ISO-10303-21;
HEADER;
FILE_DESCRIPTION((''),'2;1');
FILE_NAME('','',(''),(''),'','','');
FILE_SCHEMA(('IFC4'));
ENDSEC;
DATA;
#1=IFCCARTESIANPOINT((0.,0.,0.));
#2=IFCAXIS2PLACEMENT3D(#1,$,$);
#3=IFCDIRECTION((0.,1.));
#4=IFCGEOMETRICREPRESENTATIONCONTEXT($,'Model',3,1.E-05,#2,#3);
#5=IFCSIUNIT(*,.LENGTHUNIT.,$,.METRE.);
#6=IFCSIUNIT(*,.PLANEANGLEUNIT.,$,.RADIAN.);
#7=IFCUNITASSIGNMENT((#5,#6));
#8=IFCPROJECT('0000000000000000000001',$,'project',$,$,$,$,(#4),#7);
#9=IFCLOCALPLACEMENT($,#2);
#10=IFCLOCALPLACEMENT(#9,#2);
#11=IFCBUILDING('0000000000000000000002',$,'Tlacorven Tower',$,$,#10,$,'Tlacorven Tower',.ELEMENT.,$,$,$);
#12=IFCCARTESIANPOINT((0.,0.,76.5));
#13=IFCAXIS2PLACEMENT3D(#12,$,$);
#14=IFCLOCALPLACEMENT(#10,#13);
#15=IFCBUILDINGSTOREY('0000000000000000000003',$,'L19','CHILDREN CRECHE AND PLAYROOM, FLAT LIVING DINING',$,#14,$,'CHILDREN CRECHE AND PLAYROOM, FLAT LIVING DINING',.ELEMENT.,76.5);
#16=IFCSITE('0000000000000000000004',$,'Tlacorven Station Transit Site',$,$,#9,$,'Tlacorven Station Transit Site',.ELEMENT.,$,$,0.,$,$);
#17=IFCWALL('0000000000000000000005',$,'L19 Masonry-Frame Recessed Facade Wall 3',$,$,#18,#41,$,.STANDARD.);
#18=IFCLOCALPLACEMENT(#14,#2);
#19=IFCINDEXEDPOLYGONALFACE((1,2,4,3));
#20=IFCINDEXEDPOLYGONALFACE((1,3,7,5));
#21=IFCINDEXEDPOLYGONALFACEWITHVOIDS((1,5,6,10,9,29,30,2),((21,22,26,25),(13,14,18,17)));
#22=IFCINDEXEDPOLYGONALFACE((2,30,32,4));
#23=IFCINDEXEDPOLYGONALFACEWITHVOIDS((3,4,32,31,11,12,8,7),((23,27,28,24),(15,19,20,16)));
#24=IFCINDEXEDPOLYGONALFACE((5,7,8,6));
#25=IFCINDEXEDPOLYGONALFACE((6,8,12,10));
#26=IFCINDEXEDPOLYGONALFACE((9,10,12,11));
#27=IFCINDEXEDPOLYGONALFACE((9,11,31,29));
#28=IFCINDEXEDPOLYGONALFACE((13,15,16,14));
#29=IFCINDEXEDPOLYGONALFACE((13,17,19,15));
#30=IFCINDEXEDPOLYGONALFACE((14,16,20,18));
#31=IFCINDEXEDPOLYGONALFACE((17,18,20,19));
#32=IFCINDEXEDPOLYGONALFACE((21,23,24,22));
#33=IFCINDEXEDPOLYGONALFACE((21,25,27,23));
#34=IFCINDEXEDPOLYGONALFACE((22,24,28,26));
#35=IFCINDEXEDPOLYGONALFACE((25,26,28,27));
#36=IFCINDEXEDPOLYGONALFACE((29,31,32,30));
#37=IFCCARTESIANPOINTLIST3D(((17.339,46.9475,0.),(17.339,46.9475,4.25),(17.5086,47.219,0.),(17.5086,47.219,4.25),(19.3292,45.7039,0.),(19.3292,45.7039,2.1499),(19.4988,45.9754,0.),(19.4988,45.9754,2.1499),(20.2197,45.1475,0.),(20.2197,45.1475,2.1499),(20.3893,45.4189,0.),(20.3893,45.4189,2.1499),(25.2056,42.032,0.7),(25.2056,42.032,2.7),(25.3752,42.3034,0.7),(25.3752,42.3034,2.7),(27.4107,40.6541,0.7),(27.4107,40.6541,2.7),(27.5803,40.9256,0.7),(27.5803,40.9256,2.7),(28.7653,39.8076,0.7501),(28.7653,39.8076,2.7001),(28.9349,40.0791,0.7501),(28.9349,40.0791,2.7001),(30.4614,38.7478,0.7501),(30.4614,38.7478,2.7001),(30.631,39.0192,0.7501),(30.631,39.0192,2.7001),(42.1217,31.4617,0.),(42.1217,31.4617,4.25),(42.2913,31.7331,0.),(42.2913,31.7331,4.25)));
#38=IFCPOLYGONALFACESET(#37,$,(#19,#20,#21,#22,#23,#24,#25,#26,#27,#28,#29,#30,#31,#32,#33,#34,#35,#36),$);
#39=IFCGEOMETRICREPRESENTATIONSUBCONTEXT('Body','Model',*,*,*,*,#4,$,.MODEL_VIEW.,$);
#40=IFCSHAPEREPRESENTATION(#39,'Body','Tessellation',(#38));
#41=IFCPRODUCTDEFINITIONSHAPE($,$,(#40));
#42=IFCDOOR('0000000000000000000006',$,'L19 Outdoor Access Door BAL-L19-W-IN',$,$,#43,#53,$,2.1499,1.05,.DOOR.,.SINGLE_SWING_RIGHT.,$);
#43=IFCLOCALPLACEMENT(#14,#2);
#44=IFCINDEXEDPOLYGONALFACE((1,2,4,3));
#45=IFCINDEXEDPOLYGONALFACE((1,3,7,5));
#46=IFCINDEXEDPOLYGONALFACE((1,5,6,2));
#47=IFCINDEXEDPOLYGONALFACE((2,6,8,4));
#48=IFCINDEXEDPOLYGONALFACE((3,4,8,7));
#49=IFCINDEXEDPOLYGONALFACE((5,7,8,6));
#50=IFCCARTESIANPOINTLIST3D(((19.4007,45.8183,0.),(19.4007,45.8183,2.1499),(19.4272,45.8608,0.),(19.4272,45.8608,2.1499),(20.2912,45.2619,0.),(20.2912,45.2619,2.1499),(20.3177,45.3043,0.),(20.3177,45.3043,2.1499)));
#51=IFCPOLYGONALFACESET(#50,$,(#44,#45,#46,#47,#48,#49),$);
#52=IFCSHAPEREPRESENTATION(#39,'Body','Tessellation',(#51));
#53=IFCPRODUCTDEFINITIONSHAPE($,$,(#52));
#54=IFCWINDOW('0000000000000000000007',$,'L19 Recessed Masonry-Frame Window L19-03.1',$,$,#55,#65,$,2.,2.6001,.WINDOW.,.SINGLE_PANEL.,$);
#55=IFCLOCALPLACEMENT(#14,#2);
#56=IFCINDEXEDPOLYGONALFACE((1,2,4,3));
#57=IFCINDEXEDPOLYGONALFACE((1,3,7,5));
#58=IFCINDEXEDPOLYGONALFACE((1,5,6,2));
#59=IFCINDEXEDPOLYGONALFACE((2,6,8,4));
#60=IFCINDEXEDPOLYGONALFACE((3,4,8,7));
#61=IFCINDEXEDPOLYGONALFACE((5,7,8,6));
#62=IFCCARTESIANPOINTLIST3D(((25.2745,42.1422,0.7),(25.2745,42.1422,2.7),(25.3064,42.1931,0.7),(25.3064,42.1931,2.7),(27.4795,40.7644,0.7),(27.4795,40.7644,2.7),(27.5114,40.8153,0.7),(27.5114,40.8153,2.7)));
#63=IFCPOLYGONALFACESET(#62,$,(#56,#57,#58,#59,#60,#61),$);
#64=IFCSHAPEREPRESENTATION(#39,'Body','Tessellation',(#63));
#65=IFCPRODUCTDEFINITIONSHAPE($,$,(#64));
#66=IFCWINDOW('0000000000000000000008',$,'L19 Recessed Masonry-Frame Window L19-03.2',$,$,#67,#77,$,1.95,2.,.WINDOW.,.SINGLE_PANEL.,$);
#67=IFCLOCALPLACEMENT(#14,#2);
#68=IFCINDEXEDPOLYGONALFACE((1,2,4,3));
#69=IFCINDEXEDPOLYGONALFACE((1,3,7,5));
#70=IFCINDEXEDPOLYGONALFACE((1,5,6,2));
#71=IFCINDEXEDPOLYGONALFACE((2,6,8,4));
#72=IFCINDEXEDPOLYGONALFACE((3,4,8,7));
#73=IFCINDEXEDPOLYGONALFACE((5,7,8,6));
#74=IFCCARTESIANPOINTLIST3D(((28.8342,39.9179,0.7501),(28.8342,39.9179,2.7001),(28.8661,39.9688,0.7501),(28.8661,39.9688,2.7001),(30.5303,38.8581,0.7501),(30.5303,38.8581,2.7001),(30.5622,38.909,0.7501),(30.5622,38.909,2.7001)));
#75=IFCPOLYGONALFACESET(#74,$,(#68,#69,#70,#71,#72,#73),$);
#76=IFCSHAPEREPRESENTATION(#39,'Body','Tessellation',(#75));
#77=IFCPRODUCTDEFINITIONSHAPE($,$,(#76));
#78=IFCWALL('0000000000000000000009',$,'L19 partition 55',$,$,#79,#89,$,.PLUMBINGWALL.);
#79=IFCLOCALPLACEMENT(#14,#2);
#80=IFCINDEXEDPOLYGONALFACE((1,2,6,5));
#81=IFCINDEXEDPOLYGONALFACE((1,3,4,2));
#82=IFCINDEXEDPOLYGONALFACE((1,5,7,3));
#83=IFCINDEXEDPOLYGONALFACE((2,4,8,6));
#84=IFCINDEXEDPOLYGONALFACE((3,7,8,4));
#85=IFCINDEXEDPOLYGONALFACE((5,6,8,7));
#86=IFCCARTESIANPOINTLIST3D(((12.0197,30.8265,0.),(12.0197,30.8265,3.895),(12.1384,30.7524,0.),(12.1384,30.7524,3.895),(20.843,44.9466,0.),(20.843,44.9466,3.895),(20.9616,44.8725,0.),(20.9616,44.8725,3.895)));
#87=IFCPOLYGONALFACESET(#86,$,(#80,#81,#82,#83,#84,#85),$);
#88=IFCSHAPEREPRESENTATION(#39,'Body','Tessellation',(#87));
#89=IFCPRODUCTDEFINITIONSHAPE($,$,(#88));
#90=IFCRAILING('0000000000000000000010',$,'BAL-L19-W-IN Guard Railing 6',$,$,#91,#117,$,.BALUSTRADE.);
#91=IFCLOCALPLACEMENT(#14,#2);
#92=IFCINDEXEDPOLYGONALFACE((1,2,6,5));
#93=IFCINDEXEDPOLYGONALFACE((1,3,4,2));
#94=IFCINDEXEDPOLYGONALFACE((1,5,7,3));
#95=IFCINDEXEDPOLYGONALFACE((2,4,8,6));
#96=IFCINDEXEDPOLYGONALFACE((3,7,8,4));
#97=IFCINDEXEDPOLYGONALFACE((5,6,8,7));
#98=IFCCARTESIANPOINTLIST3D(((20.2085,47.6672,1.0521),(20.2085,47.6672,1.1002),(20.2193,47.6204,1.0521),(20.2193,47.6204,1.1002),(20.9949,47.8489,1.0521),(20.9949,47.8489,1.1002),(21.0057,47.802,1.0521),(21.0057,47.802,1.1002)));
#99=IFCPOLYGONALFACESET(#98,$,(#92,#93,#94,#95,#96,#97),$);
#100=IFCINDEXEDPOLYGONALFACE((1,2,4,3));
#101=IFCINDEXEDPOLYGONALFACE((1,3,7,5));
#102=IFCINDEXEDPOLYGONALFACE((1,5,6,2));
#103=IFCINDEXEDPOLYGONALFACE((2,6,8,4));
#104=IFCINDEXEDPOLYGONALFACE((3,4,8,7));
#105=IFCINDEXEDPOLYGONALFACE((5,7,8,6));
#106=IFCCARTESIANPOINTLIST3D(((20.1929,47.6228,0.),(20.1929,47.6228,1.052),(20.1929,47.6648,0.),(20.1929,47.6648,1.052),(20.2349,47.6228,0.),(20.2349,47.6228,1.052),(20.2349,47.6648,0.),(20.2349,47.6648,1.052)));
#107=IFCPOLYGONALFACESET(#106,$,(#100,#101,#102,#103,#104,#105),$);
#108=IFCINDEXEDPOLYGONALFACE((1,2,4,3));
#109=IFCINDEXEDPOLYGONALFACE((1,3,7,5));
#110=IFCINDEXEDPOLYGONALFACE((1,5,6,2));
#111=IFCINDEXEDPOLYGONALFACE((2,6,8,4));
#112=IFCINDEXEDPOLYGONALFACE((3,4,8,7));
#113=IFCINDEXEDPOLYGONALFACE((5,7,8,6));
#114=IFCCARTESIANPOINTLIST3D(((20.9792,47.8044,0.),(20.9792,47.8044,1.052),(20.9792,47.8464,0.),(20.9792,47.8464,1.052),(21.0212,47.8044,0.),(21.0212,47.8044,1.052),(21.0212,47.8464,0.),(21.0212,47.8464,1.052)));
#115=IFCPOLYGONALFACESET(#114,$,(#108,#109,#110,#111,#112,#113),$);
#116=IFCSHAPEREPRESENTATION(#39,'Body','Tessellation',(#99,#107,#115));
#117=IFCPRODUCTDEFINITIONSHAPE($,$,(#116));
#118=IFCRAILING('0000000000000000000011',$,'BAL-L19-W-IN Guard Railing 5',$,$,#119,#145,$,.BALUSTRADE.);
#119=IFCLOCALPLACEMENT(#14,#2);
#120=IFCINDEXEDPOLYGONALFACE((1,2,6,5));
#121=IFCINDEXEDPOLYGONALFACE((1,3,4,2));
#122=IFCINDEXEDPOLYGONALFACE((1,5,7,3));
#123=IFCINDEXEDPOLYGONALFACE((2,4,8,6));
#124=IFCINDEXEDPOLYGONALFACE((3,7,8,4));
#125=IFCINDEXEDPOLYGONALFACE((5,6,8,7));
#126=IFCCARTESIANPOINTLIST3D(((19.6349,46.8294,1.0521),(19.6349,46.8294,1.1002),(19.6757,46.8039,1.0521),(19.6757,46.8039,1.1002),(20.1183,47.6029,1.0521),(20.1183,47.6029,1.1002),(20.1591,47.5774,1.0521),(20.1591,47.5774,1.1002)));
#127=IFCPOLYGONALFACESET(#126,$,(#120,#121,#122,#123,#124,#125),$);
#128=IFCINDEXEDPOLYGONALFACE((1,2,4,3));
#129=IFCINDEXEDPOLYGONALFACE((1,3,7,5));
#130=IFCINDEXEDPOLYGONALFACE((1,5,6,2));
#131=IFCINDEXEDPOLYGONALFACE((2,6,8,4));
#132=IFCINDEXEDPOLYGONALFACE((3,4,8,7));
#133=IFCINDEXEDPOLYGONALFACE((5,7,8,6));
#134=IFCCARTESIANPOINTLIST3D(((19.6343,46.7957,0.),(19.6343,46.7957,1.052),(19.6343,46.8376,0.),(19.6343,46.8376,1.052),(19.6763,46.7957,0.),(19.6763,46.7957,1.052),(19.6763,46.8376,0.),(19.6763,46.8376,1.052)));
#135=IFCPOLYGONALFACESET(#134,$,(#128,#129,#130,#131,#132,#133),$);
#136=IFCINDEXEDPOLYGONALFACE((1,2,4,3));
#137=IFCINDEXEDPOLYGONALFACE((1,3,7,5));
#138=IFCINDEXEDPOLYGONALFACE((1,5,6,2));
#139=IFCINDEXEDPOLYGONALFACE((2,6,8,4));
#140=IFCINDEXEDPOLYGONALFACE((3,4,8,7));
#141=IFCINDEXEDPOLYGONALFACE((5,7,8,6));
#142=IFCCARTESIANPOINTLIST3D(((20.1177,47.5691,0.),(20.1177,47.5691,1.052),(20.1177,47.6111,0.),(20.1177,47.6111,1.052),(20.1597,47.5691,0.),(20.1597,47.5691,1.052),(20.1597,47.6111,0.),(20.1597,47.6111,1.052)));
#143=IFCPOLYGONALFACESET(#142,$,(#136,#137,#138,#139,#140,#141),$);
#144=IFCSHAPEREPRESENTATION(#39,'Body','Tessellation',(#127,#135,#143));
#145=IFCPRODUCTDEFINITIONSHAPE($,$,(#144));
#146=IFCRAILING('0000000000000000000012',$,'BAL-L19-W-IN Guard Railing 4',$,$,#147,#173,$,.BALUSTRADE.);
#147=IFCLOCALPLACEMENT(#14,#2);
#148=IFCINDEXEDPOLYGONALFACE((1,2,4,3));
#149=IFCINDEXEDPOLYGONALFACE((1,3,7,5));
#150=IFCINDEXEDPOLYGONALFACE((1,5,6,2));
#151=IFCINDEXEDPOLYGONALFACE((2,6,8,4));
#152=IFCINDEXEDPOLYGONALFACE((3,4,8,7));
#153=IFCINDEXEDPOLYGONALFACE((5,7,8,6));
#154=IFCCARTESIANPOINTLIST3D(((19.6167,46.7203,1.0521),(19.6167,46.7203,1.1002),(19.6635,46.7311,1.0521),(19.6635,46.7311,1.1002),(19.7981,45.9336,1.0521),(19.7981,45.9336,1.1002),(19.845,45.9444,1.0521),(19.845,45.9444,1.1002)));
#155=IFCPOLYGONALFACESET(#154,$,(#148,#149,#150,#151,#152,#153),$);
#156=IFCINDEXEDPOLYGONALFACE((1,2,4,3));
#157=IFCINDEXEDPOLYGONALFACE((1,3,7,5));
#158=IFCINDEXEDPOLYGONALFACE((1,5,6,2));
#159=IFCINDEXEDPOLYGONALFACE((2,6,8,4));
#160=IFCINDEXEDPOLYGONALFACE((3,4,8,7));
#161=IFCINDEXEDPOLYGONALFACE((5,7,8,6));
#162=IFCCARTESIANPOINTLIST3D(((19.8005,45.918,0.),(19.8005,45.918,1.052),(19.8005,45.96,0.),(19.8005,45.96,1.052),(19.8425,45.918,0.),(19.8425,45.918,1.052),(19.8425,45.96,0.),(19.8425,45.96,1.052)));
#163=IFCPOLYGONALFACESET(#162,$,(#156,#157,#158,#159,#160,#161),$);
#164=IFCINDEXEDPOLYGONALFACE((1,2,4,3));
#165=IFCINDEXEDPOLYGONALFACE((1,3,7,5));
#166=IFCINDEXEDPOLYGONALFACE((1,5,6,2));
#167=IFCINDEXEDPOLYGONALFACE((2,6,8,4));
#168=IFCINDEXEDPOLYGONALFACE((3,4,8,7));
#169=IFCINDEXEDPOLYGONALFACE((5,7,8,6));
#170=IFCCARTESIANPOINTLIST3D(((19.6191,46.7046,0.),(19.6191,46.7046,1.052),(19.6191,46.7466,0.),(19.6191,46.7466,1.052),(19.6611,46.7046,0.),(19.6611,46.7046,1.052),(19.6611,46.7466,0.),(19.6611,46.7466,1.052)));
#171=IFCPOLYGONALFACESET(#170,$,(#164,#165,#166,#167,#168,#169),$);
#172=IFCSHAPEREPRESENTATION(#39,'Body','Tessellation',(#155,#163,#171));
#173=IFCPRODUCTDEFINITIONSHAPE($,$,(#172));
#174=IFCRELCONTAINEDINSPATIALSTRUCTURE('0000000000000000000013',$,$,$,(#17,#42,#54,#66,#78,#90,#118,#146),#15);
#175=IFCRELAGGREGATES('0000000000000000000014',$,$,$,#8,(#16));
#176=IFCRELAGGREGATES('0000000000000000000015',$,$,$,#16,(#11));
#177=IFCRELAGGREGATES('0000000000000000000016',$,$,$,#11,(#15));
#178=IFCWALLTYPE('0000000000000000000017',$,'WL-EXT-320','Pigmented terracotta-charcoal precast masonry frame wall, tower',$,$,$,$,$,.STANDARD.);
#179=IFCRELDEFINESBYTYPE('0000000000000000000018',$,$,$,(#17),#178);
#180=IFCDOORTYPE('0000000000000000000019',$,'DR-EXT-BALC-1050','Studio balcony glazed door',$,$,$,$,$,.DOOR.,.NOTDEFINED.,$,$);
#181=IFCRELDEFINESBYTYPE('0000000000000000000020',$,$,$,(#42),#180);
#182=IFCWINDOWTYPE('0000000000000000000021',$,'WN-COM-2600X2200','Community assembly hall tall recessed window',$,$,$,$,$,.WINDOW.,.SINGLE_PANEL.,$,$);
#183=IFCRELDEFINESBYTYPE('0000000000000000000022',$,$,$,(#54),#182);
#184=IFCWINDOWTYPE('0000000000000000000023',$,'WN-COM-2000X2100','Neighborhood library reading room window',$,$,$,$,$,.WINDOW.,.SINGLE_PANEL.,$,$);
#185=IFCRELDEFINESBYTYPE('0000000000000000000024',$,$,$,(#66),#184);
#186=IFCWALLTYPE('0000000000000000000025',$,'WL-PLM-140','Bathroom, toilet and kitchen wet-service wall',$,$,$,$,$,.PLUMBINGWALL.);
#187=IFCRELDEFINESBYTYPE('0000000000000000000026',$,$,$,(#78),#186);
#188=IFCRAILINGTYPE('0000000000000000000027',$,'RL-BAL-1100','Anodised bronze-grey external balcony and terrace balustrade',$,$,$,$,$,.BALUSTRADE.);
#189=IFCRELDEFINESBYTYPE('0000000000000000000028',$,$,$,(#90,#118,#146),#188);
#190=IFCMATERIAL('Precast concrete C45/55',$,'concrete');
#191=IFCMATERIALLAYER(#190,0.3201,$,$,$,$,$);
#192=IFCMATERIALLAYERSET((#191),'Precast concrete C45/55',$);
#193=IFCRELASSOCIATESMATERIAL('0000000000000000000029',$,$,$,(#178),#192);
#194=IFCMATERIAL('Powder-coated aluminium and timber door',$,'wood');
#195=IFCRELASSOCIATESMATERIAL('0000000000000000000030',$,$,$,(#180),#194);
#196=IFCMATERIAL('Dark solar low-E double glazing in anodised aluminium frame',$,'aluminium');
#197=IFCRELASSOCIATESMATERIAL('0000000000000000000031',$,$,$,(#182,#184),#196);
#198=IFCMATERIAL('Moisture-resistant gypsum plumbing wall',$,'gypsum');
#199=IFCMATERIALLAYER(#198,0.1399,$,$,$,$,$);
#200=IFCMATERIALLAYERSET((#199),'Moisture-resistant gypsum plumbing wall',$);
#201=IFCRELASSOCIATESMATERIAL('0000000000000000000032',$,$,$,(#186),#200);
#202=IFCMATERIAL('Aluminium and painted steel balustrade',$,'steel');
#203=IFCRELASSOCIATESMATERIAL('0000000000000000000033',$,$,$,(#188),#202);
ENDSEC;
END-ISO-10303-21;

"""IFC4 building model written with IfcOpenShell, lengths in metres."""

from ifc_helpers import new_model, si_unit, direction, frame, frame_2d, origin, origin_2d, place, context, subcontext, project, spatial, rectangle, extrude, source, transform, mapped, material, layer, layer_set, type_object, element, fill, save


model = new_model("IFC4")

# Units and contexts
model_context = context("Model", 3, precision=1e-05, world=origin(), true_north=direction((0.0, 1.0)))
body_context = subcontext(model_context, "Body", "Model", "MODEL_VIEW")
ifc_project = project(units=[si_unit("LENGTHUNIT", "METRE"), si_unit("PLANEANGLEUNIT", "RADIAN")], contexts=[model_context])

# Site, building, storey
site_placement = place(None, origin())
site = spatial("IfcSite", under=ifc_project, at=site_placement, Name="Tlacorven Station Transit Site", LongName="Tlacorven Station Transit Site", CompositionType="ELEMENT", RefElevation=0.0)
building_placement = place(site_placement, origin())
building = spatial("IfcBuilding", under=site, at=building_placement, Name="Tlacorven Tower", LongName="Tlacorven Tower", CompositionType="ELEMENT")
storey_placement = place(building_placement, frame((0.0, 0.0, 76.5)))
storey = spatial("IfcBuildingStorey", under=building, at=storey_placement, Name="L19", Description="CHILDREN CRECHE AND PLAYROOM, FLAT LIVING DINING", LongName="CHILDREN CRECHE AND PLAYROOM, FLAT LIVING DINING", CompositionType="ELEMENT", Elevation=76.5)

# Wall, openings, door, windows
ifc_material_1 = material(Name="Precast concrete C45/55", Category="concrete")
ifc_layer_1 = layer(ifc_material_1, 0.3201)
ifc_layer_set_1 = layer_set([ifc_layer_1], Name="Precast concrete C45/55")
wall_type_1 = type_object("IfcWallType", Name="WL-EXT-320", Description="Pigmented terracotta-charcoal precast masonry frame wall, tower", PredefinedType="STANDARD", material=ifc_layer_set_1)
wall_1_placement = place(storey_placement, frame((17.4238, 47.0833, 0.0), z_axis=(0.0, 0.0, 1.0), x_axis=(0.84805, -0.529916, 0.0)))
wall_1 = element("IfcWall", 1, at=wall_1_placement, inside=storey, type_object=wall_type_1, Name="L19 Masonry-Frame Recessed Facade Wall 3", PredefinedType="STANDARD", context=body_context, shape_type="SweptSolid", body=[
    extrude(rectangle(XDim=29.2231, YDim=0.3201, at=frame_2d((14.6116, 0.0))), origin(), (0.0, 0.0, 1.0), 4.25),
])
opening_1_placement = place(wall_1_placement, frame((2.3469, 0.0, 0.0)))
opening_1 = element("IfcOpeningElement", 2, at=opening_1_placement, cuts=wall_1, PredefinedType="OPENING", context=body_context, shape_type="SweptSolid", body=[
    extrude(rectangle(XDim=1.05, YDim=2.1499, at=frame_2d((0.5249, 1.075))), frame((0.0, 0.1699, 0.0), z_axis=(0.0, -1.0, 0.0), x_axis=(1.0, 0.0, 0.0)), (0.0, 0.0, 1.0), 0.3401),
])
opening_2_placement = place(wall_1_placement, frame((9.2761, 0.0, 0.7)))
opening_2 = element("IfcOpeningElement", 3, at=opening_2_placement, cuts=wall_1, PredefinedType="OPENING", context=body_context, shape_type="SweptSolid", body=[
    extrude(rectangle(XDim=2.6001, YDim=2.0, at=frame_2d((1.3, 1.0))), frame((0.0, 0.1699, 0.0), z_axis=(0.0, -1.0, 0.0), x_axis=(1.0, 0.0, 0.0)), (0.0, 0.0, 1.0), 0.3401),
])
opening_3_placement = place(wall_1_placement, frame((13.4736, 0.0, 0.75)))
opening_3 = element("IfcOpeningElement", 4, at=opening_3_placement, cuts=wall_1, PredefinedType="OPENING", context=body_context, shape_type="SweptSolid", body=[
    extrude(rectangle(XDim=2.0, YDim=1.95, at=frame_2d((1.0, 0.9751))), frame((0.0, 0.1699, 0.0), z_axis=(0.0, -1.0, 0.0), x_axis=(1.0, 0.0, 0.0)), (0.0, 0.0, 1.0), 0.3401),
])
ifc_material_2 = material(Name="Powder-coated aluminium and timber door", Category="wood")
door_type = type_object("IfcDoorType", Name="DR-EXT-BALC-1050", Description="Studio balcony glazed door", OperationType="NOTDEFINED", PredefinedType="DOOR", material=ifc_material_2)
shared_shape_1 = source(origin(), body_context, "Body", "SweptSolid", [
    extrude(rectangle(XDim=1.05, YDim=2.1499, at=frame_2d((0.5249, 1.075))), frame((0.0, 0.0249, 0.0), z_axis=(0.0, -1.0, 0.0), x_axis=(1.0, 0.0, 0.0)), (0.0, 0.0, 1.0), 0.05),
])
door_placement = place(opening_1_placement, origin())
door = element("IfcDoor", 5, at=door_placement, inside=storey, type_object=door_type, Name="L19 Outdoor Access Door BAL-L19-W-IN", OperationType="SINGLE_SWING_RIGHT", OverallHeight=2.1499, OverallWidth=1.05, PredefinedType="DOOR", context=body_context, shape_type="MappedRepresentation", body=[
    mapped(shared_shape_1, transform((0.0, 0.0, 0.0), scale=1.0)),
])
fill(opening_1, door)
ifc_material_3 = material(Name="Dark solar low-E double glazing in anodised aluminium frame", Category="aluminium")
window_type_1 = type_object("IfcWindowType", Name="WN-COM-2600X2200", Description="Community assembly hall tall recessed window", PartitioningType="SINGLE_PANEL", PredefinedType="WINDOW", material=ifc_material_3)
shared_shape_2 = source(origin(), body_context, "Body", "SweptSolid", [
    extrude(rectangle(XDim=2.6001, YDim=2.0, at=frame_2d((1.3, 1.0))), frame((0.0, 0.03, 0.0), z_axis=(0.0, -1.0, 0.0), x_axis=(1.0, 0.0, 0.0)), (0.0, 0.0, 1.0), 0.0601),
])
window_1_placement = place(opening_2_placement, origin())
window_1 = element("IfcWindow", 6, at=window_1_placement, inside=storey, type_object=window_type_1, Name="L19 Recessed Masonry-Frame Window L19-03.1", OverallHeight=2.0, OverallWidth=2.6001, PartitioningType="SINGLE_PANEL", PredefinedType="WINDOW", context=body_context, shape_type="MappedRepresentation", body=[
    mapped(shared_shape_2, transform((0.0, 0.0, 0.0), scale=1.0)),
])
fill(opening_2, window_1)
window_type_2 = type_object("IfcWindowType", Name="WN-COM-2000X2100", Description="Neighborhood library reading room window", PartitioningType="SINGLE_PANEL", PredefinedType="WINDOW", material=ifc_material_3)
shared_shape_3 = source(origin(), body_context, "Body", "SweptSolid", [
    extrude(rectangle(XDim=2.0, YDim=1.95, at=frame_2d((1.0, 0.9751))), frame((0.0, 0.03, 0.0), z_axis=(0.0, -1.0, 0.0), x_axis=(1.0, 0.0, 0.0)), (0.0, 0.0, 1.0), 0.0601),
])
window_2_placement = place(opening_3_placement, origin())
window_2 = element("IfcWindow", 7, at=window_2_placement, inside=storey, type_object=window_type_2, Name="L19 Recessed Masonry-Frame Window L19-03.2", OverallHeight=1.95, OverallWidth=2.0, PartitioningType="SINGLE_PANEL", PredefinedType="WINDOW", context=body_context, shape_type="MappedRepresentation", body=[
    mapped(shared_shape_3, transform((0.0, 0.0, 0.0), scale=1.0)),
])
fill(opening_3, window_2)

# Wall
ifc_material_4 = material(Name="Moisture-resistant gypsum plumbing wall", Category="gypsum")
ifc_layer_2 = layer(ifc_material_4, 0.1399)
ifc_layer_set_2 = layer_set([ifc_layer_2], Name="Moisture-resistant gypsum plumbing wall")
wall_type_2 = type_object("IfcWallType", Name="WL-PLM-140", Description="Bathroom, toilet and kitchen wet-service wall", PredefinedType="PLUMBINGWALL", material=ifc_layer_set_2)
wall_2_placement = place(storey_placement, frame((20.9023, 44.9097, 0.0), z_axis=(0.0, 0.0, 1.0), x_axis=(-0.52992, -0.848048, 0.0)))
element("IfcWall", 8, at=wall_2_placement, inside=storey, type_object=wall_type_2, Name="L19 partition 55", PredefinedType="PLUMBINGWALL", context=body_context, shape_type="SweptSolid", body=[
    extrude(rectangle(XDim=16.6501, YDim=0.1399, at=frame_2d((8.3252, 0.0))), origin(), (0.0, 0.0, 1.0), 3.895),
])

# Railings
ifc_material_5 = material(Name="Aluminium and painted steel balustrade", Category="steel")
railing_type = type_object("IfcRailingType", Name="RL-BAL-1100", Description="Anodised bronze-grey external balcony and terrace balustrade", PredefinedType="BALUSTRADE", material=ifc_material_5)
shared_shape_4 = source(origin(), body_context, "Body", "SweptSolid", [
    extrude(rectangle(XDim=0.0481, YDim=0.0481, at=origin_2d()), frame((0.0, 0.0, 1.0762), z_axis=(0.974345, 0.225058, 0.0), x_axis=(-0.225058, 0.974345, 0.0)), (0.0, 0.0, 1.0), 0.8071),
    extrude(rectangle(XDim=0.042, YDim=0.042, at=origin_2d()), origin(), (0.0, 0.0, 1.0), 1.052),
    extrude(rectangle(XDim=0.042, YDim=0.042, at=origin_2d()), frame((0.7864, 0.1816, 0.0)), (0.0, 0.0, 1.0), 1.052),
])
railing_1_placement = place(storey_placement, frame((20.2139, 47.6438, 0.0)))
element("IfcRailing", 9, at=railing_1_placement, inside=storey, type_object=railing_type, Name="BAL-L19-W-IN Guard Railing 6", PredefinedType="BALUSTRADE", context=body_context, shape_type="MappedRepresentation", body=[
    mapped(shared_shape_4, transform((0.0, 0.0, 0.0), scale=1.0)),
])
shared_shape_5 = source(origin(), body_context, "Body", "SweptSolid", [
    extrude(rectangle(XDim=0.0481, YDim=0.0481, at=origin_2d()), frame((0.0, 0.0, 1.0762), z_axis=(0.529999, 0.847998, 0.0), x_axis=(-0.847998, 0.529999, 0.0)), (0.0, 0.0, 1.0), 0.9121),
    extrude(rectangle(XDim=0.042, YDim=0.042, at=origin_2d()), origin(), (0.0, 0.0, 1.0), 1.052),
    extrude(rectangle(XDim=0.042, YDim=0.042, at=origin_2d()), frame((0.4834, 0.7734, 0.0)), (0.0, 0.0, 1.0), 1.052),
])
railing_2_placement = place(storey_placement, frame((19.6553, 46.8167, 0.0)))
element("IfcRailing", 10, at=railing_2_placement, inside=storey, type_object=railing_type, Name="BAL-L19-W-IN Guard Railing 5", PredefinedType="BALUSTRADE", context=body_context, shape_type="MappedRepresentation", body=[
    mapped(shared_shape_5, transform((0.0, 0.0, 0.0), scale=1.0)),
])
shared_shape_6 = source(origin(), body_context, "Body", "SweptSolid", [
    extrude(rectangle(XDim=0.0481, YDim=0.0481, at=origin_2d()), frame((0.0, 0.0, 1.0762), z_axis=(-0.224705, 0.974427, 0.0), x_axis=(-0.974427, -0.224705, 0.0)), (0.0, 0.0, 1.0), 0.8074),
    extrude(rectangle(XDim=0.042, YDim=0.042, at=origin_2d()), origin(), (0.0, 0.0, 1.0), 1.052),
    extrude(rectangle(XDim=0.042, YDim=0.042, at=origin_2d()), frame((-0.1814, 0.7866, 0.0)), (0.0, 0.0, 1.0), 1.052),
])
railing_3_placement = place(storey_placement, frame((19.8215, 45.939, 0.0)))
element("IfcRailing", 11, at=railing_3_placement, inside=storey, type_object=railing_type, Name="BAL-L19-W-IN Guard Railing 4", PredefinedType="BALUSTRADE", context=body_context, shape_type="MappedRepresentation", body=[
    mapped(shared_shape_6, transform((0.0, 0.0, 0.0), scale=1.0)),
])

save(model, "model.ifc")
